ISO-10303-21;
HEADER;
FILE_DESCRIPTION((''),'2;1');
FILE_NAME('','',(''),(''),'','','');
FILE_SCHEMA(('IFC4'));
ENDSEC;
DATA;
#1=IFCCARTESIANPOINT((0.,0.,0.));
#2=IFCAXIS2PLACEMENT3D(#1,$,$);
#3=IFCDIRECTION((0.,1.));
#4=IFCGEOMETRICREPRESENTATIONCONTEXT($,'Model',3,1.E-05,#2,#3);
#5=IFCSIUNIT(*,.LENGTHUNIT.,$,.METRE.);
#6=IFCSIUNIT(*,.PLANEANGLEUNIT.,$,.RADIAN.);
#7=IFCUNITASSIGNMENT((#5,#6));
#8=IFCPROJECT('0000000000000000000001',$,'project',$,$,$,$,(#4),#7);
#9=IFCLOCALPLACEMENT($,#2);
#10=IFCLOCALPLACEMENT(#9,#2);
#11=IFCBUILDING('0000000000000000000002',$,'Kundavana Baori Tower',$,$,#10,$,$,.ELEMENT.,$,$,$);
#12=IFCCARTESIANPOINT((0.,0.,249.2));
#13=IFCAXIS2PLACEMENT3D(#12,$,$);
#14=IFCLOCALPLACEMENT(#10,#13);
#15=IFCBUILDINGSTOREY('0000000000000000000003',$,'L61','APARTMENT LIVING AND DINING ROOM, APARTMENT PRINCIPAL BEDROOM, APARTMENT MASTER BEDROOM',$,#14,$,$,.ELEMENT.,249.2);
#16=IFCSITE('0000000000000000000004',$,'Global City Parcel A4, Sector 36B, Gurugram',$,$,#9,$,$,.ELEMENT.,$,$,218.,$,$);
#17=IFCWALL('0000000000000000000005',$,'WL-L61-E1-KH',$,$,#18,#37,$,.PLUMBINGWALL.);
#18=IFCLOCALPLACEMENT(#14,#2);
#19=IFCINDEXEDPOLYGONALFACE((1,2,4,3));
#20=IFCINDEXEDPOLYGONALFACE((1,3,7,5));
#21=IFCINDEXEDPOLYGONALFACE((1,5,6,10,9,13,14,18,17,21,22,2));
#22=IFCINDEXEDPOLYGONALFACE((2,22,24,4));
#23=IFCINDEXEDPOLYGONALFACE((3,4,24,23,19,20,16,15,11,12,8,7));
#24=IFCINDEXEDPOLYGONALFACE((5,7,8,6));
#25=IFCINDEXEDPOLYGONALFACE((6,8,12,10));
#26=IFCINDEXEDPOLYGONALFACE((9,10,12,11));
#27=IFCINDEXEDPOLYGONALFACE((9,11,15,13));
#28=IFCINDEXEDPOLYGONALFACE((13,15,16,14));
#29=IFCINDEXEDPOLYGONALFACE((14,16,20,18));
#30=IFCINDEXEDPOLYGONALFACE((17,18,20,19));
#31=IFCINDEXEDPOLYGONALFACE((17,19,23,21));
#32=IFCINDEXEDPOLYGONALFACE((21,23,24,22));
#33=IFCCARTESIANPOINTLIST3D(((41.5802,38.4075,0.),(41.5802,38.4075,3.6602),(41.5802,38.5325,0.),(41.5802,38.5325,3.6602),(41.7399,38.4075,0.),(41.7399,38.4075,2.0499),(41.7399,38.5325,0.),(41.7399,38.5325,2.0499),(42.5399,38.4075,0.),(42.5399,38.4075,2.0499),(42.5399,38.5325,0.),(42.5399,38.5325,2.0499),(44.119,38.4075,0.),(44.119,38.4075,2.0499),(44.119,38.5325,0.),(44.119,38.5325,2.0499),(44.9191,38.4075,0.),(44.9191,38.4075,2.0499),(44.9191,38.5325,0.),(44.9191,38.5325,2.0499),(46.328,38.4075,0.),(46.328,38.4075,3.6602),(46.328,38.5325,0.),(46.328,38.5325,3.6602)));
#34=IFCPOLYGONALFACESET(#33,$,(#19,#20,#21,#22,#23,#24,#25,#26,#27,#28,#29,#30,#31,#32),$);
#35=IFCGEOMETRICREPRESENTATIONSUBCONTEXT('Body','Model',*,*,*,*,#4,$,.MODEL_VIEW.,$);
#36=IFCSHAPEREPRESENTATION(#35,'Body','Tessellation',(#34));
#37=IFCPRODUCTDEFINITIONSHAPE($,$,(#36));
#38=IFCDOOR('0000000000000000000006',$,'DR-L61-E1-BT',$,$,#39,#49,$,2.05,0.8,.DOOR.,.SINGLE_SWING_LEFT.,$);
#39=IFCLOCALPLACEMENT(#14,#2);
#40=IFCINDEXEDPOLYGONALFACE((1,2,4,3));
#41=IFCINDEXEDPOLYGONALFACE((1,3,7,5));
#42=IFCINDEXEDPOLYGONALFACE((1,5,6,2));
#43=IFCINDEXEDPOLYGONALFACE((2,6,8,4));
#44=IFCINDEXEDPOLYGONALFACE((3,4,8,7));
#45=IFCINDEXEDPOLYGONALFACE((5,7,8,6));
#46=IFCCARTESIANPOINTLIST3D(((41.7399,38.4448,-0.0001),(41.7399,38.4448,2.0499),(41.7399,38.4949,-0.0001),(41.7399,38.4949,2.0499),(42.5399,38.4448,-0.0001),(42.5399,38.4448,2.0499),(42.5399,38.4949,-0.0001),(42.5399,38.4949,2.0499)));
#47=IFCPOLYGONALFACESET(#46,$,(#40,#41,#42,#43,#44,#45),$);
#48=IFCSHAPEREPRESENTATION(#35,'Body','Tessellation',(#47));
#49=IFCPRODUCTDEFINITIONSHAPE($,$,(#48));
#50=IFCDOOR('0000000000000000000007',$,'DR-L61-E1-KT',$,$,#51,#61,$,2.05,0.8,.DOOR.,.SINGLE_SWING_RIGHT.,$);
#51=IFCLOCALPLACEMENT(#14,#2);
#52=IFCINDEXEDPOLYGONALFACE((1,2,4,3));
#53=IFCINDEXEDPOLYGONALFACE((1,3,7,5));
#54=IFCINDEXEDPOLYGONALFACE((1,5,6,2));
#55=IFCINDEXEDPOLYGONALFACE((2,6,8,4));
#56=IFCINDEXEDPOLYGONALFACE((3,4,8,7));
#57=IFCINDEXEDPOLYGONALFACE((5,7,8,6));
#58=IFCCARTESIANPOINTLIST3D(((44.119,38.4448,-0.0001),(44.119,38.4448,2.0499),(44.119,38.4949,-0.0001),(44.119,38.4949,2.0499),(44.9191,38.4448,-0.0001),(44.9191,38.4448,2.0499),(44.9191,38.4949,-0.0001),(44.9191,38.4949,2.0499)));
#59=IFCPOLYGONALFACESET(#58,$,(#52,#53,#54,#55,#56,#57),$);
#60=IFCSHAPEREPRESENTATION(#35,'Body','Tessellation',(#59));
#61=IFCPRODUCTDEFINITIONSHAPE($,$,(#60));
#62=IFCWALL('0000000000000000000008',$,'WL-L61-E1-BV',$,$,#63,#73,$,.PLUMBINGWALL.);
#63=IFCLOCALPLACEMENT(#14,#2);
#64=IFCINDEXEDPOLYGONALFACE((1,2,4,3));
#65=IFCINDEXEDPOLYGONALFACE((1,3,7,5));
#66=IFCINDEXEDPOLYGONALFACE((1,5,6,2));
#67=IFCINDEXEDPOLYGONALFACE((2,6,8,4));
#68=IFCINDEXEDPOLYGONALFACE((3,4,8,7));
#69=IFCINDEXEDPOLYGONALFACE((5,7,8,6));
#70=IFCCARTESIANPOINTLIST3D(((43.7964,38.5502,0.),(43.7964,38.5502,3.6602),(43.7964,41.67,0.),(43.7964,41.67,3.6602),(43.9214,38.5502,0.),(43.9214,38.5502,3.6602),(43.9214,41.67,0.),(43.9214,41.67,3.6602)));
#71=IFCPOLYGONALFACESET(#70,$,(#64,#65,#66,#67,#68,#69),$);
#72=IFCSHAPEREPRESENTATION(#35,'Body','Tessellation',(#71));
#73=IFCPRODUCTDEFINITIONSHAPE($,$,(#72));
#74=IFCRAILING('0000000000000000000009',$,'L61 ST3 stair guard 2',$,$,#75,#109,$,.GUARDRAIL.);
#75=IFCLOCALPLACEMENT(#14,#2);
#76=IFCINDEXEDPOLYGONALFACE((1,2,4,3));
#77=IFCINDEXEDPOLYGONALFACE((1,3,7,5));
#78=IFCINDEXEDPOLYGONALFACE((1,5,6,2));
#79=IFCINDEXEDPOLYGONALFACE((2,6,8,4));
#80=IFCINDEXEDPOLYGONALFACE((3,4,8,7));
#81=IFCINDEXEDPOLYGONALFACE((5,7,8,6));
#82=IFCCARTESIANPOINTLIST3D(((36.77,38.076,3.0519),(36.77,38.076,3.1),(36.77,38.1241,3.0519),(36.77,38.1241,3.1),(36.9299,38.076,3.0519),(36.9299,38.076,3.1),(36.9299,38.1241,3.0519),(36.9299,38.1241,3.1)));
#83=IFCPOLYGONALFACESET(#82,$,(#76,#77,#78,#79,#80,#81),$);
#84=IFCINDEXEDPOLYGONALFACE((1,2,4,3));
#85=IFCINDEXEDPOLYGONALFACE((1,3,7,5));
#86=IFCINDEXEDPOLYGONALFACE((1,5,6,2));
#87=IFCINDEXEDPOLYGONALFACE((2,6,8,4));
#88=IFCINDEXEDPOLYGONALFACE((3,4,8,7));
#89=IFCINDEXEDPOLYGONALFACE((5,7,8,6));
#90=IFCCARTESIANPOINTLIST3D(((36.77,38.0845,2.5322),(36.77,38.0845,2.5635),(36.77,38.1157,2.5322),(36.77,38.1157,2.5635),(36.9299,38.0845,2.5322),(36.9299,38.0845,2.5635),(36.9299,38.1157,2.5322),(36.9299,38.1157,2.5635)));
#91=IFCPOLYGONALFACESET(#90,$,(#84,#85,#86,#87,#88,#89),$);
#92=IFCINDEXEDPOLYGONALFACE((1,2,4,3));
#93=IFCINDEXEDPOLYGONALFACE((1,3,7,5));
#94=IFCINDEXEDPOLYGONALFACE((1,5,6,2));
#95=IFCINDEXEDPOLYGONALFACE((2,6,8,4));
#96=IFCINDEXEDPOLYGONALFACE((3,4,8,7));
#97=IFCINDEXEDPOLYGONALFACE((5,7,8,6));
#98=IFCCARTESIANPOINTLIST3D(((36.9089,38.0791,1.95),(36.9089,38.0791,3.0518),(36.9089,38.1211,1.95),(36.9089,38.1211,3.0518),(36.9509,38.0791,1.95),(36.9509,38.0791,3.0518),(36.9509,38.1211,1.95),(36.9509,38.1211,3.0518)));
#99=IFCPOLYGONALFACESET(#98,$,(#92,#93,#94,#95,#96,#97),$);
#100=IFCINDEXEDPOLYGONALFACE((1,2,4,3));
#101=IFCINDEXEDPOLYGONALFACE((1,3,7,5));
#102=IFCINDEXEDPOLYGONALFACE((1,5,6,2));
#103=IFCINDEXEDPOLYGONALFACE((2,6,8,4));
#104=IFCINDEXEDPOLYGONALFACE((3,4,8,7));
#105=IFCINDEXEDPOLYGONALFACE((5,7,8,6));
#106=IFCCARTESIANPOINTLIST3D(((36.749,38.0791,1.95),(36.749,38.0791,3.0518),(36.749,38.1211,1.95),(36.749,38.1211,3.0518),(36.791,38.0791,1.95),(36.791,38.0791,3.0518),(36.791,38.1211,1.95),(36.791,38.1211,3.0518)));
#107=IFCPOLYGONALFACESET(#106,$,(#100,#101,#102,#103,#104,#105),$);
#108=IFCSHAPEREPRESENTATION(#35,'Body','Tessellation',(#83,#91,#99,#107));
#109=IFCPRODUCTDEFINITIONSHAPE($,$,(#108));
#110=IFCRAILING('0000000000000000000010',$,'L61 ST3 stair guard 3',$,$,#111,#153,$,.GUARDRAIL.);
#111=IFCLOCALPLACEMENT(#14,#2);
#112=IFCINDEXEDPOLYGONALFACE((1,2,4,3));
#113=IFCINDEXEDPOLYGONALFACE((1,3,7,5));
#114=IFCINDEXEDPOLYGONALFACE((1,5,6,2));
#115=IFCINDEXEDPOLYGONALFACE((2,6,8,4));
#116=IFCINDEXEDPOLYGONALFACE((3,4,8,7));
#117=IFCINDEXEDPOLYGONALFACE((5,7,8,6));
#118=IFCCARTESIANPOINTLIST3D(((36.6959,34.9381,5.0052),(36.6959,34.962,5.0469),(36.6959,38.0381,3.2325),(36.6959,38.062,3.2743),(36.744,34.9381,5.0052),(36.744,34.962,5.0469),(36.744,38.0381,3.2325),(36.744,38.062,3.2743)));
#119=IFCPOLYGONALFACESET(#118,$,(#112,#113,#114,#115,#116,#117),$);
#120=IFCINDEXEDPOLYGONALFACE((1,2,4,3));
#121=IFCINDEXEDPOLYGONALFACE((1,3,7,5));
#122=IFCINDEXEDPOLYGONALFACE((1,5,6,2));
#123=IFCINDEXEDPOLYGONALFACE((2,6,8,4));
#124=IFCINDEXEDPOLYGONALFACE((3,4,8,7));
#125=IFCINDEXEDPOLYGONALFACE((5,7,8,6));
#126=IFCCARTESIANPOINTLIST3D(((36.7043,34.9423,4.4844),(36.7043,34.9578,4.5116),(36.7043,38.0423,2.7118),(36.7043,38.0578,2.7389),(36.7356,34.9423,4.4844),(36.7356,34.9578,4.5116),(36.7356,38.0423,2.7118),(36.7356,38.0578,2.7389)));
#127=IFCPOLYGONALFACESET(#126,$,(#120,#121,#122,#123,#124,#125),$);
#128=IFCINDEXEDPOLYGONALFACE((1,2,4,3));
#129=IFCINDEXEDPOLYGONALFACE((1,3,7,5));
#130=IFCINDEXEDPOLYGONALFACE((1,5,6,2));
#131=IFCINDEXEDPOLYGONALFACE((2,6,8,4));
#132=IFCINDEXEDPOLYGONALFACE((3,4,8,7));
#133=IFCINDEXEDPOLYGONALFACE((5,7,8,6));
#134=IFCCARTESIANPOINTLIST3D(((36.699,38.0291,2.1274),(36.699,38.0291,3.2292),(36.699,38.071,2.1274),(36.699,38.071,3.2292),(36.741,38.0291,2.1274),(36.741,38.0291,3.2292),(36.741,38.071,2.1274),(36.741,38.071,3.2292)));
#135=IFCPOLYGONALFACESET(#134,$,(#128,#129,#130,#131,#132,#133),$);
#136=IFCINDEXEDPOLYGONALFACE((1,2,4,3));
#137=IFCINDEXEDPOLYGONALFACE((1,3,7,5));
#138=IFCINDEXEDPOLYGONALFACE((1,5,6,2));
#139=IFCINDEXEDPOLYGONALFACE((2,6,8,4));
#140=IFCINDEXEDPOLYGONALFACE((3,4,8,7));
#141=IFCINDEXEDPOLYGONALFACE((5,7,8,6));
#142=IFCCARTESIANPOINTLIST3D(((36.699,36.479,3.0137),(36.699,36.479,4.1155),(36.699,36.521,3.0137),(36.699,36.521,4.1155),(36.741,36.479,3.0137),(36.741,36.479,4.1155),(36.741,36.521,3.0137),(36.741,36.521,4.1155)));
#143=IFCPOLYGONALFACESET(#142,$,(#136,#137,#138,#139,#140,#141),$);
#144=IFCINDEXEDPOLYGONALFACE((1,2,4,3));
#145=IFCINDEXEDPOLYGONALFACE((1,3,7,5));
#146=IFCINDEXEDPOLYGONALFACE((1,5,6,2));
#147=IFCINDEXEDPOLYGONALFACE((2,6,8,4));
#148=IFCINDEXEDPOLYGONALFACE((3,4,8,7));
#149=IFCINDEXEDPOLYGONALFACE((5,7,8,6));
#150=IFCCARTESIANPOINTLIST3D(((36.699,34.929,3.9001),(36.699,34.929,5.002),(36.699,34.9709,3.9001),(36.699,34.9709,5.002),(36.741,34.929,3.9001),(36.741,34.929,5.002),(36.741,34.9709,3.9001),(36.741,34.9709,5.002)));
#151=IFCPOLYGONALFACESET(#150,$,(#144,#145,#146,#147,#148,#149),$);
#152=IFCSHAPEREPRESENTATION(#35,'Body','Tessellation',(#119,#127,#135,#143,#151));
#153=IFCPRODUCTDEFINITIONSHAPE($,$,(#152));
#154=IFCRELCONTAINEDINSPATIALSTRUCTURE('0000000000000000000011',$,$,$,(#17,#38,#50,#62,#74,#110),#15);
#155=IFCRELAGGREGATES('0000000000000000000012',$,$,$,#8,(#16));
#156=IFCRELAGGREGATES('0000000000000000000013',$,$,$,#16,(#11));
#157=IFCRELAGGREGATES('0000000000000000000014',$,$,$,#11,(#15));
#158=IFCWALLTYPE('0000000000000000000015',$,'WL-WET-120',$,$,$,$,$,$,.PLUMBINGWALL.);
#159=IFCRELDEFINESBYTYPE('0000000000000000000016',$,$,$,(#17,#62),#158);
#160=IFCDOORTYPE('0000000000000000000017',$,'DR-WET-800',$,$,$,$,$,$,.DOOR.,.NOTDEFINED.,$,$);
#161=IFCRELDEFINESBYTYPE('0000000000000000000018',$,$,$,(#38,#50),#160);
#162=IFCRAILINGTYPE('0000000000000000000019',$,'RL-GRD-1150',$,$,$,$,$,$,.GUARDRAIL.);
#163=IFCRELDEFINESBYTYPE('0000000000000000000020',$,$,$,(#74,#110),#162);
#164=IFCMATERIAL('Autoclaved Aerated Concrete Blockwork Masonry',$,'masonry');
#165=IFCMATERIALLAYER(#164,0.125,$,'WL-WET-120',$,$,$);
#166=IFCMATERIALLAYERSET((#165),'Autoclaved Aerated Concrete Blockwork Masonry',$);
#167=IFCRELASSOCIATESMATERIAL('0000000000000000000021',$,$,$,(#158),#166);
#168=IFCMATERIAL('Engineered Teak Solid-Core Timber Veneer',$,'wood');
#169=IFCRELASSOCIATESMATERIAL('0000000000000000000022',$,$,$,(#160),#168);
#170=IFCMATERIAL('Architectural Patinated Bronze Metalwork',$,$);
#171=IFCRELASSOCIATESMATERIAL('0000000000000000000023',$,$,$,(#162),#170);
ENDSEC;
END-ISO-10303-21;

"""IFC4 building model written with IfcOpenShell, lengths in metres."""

from ifc_helpers import new_model, si_unit, direction, frame, frame_2d, origin, origin_2d, place, context, subcontext, project, spatial, rectangle, extrude, material, layer, layer_set, type_object, element, fill, save


model = new_model("IFC4")

# Units and contexts
model_context = context("Model", 3, precision=1e-05, world=origin(), true_north=direction((0.0, 1.0)))
body_context = subcontext(model_context, "Body", "Model", "MODEL_VIEW")
ifc_project = project(units=[si_unit("LENGTHUNIT", "METRE"), si_unit("PLANEANGLEUNIT", "RADIAN")], contexts=[model_context])

# Site, building, storey
site_placement = place(None, origin())
site = spatial("IfcSite", under=ifc_project, at=site_placement, Name="Global City Parcel A4, Sector 36B, Gurugram", CompositionType="ELEMENT", RefElevation=218.0)
building_placement = place(site_placement, origin())
building = spatial("IfcBuilding", under=site, at=building_placement, Name="Kundavana Baori Tower", CompositionType="ELEMENT")
storey_placement = place(building_placement, frame((0.0, 0.0, 249.2)))
storey = spatial("IfcBuildingStorey", under=building, at=storey_placement, Name="L61", Description="APARTMENT LIVING AND DINING ROOM, APARTMENT PRINCIPAL BEDROOM, APARTMENT MASTER BEDROOM", CompositionType="ELEMENT", Elevation=249.2)

# Wall, openings, doors
ifc_material_1 = material(Name="Autoclaved Aerated Concrete Blockwork Masonry", Category="masonry")
ifc_layer_1 = layer(ifc_material_1, 0.125, Name="WL-WET-120")
ifc_layer_set_1 = layer_set([ifc_layer_1], Name="Autoclaved Aerated Concrete Blockwork Masonry")
wall_type_1 = type_object("IfcWallType", Name="WL-WET-120", PredefinedType="PLUMBINGWALL", material=ifc_layer_set_1)
wall_1_placement = place(storey_placement, frame((41.5801, 38.47, 0.0), z_axis=(0.0, 0.0, 1.0), x_axis=(1.0, 0.0, 0.0)))
wall_1 = element("IfcWall", 1, at=wall_1_placement, inside=storey, type_object=wall_type_1, Name="WL-L61-E1-KH", PredefinedType="PLUMBINGWALL", context=body_context, shape_type="SweptSolid", body=[
    extrude(rectangle(XDim=4.7478, YDim=0.125, at=frame_2d((2.374, 0.0))), origin(), (0.0, 0.0, 1.0), 3.6602),
])
opening_1_placement = place(wall_1_placement, frame((0.1599, 0.0, 0.0)))
opening_1 = element("IfcOpeningElement", 2, at=opening_1_placement, cuts=wall_1, PredefinedType="OPENING", context=body_context, shape_type="SweptSolid", body=[
    extrude(rectangle(XDim=0.8, YDim=2.05, at=frame_2d((0.3999, 1.0249))), frame((0.0, 0.0725, 0.0), z_axis=(0.0, -1.0, 0.0), x_axis=(1.0, 0.0, 0.0)), (0.0, 0.0, 1.0), 0.145),
])
opening_2_placement = place(wall_1_placement, frame((2.5391, 0.0, 0.0)))
opening_2 = element("IfcOpeningElement", 3, at=opening_2_placement, cuts=wall_1, PredefinedType="OPENING", context=body_context, shape_type="SweptSolid", body=[
    extrude(rectangle(XDim=0.8, YDim=2.05, at=frame_2d((0.3999, 1.0249))), frame((0.0, 0.0725, 0.0), z_axis=(0.0, -1.0, 0.0), x_axis=(1.0, 0.0, 0.0)), (0.0, 0.0, 1.0), 0.145),
])
ifc_material_2 = material(Name="Engineered Teak Solid-Core Timber Veneer", Category="wood")
door_type_1 = type_object("IfcDoorType", Name="DR-WET-800", OperationType="NOTDEFINED", PredefinedType="DOOR", material=ifc_material_2)
door_1_placement = place(opening_1_placement, origin())
door_1 = element("IfcDoor", 4, at=door_1_placement, inside=storey, type_object=door_type_1, Name="DR-L61-E1-BT", OperationType="SINGLE_SWING_LEFT", OverallHeight=2.05, OverallWidth=0.8, PredefinedType="DOOR", context=body_context, shape_type="SweptSolid", body=[
    extrude(rectangle(XDim=0.8, YDim=2.05, at=frame_2d((0.3999, 1.0249))), frame((0.0, 0.0249, 0.0), z_axis=(0.0, -1.0, 0.0), x_axis=(1.0, 0.0, 0.0)), (0.0, 0.0, 1.0), 0.05),
])
fill(opening_1, door_1)
door_2_placement = place(opening_2_placement, origin())
door_2 = element("IfcDoor", 5, at=door_2_placement, inside=storey, type_object=door_type_1, Name="DR-L61-E1-KT", OperationType="SINGLE_SWING_RIGHT", OverallHeight=2.05, OverallWidth=0.8, PredefinedType="DOOR", context=body_context, shape_type="SweptSolid", body=[
    extrude(rectangle(XDim=0.8, YDim=2.05, at=frame_2d((0.3999, 1.0249))), frame((0.0, 0.0249, 0.0), z_axis=(0.0, -1.0, 0.0), x_axis=(1.0, 0.0, 0.0)), (0.0, 0.0, 1.0), 0.05),
])
fill(opening_2, door_2)

# Wall
wall_2_placement = place(storey_placement, frame((43.8589, 38.55, 0.0), z_axis=(0.0, 0.0, 1.0), x_axis=(0.0, 1.0, 0.0)))
element("IfcWall", 6, at=wall_2_placement, inside=storey, type_object=wall_type_1, Name="WL-L61-E1-BV", PredefinedType="PLUMBINGWALL", context=body_context, shape_type="SweptSolid", body=[
    extrude(rectangle(XDim=3.1199, YDim=0.125, at=frame_2d((1.5601, 0.0))), origin(), (0.0, 0.0, 1.0), 3.6602),
])

# Railings
ifc_material_3 = material(Name="Architectural Patinated Bronze Metalwork")
railing_type_1 = type_object("IfcRailingType", Name="RL-GRD-1150", PredefinedType="GUARDRAIL", material=ifc_material_3)
railing_1_placement = place(storey_placement, frame((36.9299, 38.1001, 1.95)))
element("IfcRailing", 7, at=railing_1_placement, inside=storey, type_object=railing_type_1, Name="L61 ST3 stair guard 2", PredefinedType="GUARDRAIL", context=body_context, shape_type="SweptSolid", body=[
    extrude(rectangle(XDim=0.0481, YDim=0.0481, at=origin_2d()), frame((0.0, 0.0, 1.126), z_axis=(-1.0, 0.0, 0.0), x_axis=(0.0, -1.0, 0.0)), (0.0, 0.0, 1.0), 0.1599),
    extrude(rectangle(XDim=0.0312, YDim=0.0312, at=origin_2d()), frame((0.0, 0.0, 0.5979), z_axis=(-1.0, 0.0, 0.0), x_axis=(0.0, -1.0, 0.0)), (0.0, 0.0, 1.0), 0.1599),
    extrude(rectangle(XDim=0.042, YDim=0.042, at=origin_2d()), origin(), (0.0, 0.0, 1.0), 1.1018),
    extrude(rectangle(XDim=0.042, YDim=0.042, at=origin_2d()), frame((-0.1599, 0.0, 0.0)), (0.0, 0.0, 1.0), 1.1018),
])
railing_2_placement = place(storey_placement, frame((36.72, 38.05, 2.1274)))
element("IfcRailing", 8, at=railing_2_placement, inside=storey, type_object=railing_type_1, Name="L61 ST3 stair guard 3", PredefinedType="GUARDRAIL", context=body_context, shape_type="SweptSolid", body=[
    extrude(rectangle(XDim=0.0481, YDim=0.0481, at=origin_2d()), frame((0.0, 0.0, 1.126), z_axis=(0.0, -0.868096, 0.496397), x_axis=(1.0, 0.0, 0.0)), (0.0, 0.0, 1.0), 3.571),
    extrude(rectangle(XDim=0.0312, YDim=0.0312, at=origin_2d()), frame((0.0, 0.0, 0.5979), z_axis=(0.0, -0.868096, 0.496397), x_axis=(1.0, 0.0, 0.0)), (0.0, 0.0, 1.0), 3.571),
    extrude(rectangle(XDim=0.042, YDim=0.042, at=origin_2d()), origin(), (0.0, 0.0, 1.0), 1.1018),
    extrude(rectangle(XDim=0.042, YDim=0.042, at=origin_2d()), frame((0.0, -1.55, 0.8862)), (0.0, 0.0, 1.0), 1.1018),
    extrude(rectangle(XDim=0.042, YDim=0.042, at=origin_2d()), frame((0.0, -3.1001, 1.7727)), (0.0, 0.0, 1.0), 1.1018),
])

save(model, "model.ifc")
